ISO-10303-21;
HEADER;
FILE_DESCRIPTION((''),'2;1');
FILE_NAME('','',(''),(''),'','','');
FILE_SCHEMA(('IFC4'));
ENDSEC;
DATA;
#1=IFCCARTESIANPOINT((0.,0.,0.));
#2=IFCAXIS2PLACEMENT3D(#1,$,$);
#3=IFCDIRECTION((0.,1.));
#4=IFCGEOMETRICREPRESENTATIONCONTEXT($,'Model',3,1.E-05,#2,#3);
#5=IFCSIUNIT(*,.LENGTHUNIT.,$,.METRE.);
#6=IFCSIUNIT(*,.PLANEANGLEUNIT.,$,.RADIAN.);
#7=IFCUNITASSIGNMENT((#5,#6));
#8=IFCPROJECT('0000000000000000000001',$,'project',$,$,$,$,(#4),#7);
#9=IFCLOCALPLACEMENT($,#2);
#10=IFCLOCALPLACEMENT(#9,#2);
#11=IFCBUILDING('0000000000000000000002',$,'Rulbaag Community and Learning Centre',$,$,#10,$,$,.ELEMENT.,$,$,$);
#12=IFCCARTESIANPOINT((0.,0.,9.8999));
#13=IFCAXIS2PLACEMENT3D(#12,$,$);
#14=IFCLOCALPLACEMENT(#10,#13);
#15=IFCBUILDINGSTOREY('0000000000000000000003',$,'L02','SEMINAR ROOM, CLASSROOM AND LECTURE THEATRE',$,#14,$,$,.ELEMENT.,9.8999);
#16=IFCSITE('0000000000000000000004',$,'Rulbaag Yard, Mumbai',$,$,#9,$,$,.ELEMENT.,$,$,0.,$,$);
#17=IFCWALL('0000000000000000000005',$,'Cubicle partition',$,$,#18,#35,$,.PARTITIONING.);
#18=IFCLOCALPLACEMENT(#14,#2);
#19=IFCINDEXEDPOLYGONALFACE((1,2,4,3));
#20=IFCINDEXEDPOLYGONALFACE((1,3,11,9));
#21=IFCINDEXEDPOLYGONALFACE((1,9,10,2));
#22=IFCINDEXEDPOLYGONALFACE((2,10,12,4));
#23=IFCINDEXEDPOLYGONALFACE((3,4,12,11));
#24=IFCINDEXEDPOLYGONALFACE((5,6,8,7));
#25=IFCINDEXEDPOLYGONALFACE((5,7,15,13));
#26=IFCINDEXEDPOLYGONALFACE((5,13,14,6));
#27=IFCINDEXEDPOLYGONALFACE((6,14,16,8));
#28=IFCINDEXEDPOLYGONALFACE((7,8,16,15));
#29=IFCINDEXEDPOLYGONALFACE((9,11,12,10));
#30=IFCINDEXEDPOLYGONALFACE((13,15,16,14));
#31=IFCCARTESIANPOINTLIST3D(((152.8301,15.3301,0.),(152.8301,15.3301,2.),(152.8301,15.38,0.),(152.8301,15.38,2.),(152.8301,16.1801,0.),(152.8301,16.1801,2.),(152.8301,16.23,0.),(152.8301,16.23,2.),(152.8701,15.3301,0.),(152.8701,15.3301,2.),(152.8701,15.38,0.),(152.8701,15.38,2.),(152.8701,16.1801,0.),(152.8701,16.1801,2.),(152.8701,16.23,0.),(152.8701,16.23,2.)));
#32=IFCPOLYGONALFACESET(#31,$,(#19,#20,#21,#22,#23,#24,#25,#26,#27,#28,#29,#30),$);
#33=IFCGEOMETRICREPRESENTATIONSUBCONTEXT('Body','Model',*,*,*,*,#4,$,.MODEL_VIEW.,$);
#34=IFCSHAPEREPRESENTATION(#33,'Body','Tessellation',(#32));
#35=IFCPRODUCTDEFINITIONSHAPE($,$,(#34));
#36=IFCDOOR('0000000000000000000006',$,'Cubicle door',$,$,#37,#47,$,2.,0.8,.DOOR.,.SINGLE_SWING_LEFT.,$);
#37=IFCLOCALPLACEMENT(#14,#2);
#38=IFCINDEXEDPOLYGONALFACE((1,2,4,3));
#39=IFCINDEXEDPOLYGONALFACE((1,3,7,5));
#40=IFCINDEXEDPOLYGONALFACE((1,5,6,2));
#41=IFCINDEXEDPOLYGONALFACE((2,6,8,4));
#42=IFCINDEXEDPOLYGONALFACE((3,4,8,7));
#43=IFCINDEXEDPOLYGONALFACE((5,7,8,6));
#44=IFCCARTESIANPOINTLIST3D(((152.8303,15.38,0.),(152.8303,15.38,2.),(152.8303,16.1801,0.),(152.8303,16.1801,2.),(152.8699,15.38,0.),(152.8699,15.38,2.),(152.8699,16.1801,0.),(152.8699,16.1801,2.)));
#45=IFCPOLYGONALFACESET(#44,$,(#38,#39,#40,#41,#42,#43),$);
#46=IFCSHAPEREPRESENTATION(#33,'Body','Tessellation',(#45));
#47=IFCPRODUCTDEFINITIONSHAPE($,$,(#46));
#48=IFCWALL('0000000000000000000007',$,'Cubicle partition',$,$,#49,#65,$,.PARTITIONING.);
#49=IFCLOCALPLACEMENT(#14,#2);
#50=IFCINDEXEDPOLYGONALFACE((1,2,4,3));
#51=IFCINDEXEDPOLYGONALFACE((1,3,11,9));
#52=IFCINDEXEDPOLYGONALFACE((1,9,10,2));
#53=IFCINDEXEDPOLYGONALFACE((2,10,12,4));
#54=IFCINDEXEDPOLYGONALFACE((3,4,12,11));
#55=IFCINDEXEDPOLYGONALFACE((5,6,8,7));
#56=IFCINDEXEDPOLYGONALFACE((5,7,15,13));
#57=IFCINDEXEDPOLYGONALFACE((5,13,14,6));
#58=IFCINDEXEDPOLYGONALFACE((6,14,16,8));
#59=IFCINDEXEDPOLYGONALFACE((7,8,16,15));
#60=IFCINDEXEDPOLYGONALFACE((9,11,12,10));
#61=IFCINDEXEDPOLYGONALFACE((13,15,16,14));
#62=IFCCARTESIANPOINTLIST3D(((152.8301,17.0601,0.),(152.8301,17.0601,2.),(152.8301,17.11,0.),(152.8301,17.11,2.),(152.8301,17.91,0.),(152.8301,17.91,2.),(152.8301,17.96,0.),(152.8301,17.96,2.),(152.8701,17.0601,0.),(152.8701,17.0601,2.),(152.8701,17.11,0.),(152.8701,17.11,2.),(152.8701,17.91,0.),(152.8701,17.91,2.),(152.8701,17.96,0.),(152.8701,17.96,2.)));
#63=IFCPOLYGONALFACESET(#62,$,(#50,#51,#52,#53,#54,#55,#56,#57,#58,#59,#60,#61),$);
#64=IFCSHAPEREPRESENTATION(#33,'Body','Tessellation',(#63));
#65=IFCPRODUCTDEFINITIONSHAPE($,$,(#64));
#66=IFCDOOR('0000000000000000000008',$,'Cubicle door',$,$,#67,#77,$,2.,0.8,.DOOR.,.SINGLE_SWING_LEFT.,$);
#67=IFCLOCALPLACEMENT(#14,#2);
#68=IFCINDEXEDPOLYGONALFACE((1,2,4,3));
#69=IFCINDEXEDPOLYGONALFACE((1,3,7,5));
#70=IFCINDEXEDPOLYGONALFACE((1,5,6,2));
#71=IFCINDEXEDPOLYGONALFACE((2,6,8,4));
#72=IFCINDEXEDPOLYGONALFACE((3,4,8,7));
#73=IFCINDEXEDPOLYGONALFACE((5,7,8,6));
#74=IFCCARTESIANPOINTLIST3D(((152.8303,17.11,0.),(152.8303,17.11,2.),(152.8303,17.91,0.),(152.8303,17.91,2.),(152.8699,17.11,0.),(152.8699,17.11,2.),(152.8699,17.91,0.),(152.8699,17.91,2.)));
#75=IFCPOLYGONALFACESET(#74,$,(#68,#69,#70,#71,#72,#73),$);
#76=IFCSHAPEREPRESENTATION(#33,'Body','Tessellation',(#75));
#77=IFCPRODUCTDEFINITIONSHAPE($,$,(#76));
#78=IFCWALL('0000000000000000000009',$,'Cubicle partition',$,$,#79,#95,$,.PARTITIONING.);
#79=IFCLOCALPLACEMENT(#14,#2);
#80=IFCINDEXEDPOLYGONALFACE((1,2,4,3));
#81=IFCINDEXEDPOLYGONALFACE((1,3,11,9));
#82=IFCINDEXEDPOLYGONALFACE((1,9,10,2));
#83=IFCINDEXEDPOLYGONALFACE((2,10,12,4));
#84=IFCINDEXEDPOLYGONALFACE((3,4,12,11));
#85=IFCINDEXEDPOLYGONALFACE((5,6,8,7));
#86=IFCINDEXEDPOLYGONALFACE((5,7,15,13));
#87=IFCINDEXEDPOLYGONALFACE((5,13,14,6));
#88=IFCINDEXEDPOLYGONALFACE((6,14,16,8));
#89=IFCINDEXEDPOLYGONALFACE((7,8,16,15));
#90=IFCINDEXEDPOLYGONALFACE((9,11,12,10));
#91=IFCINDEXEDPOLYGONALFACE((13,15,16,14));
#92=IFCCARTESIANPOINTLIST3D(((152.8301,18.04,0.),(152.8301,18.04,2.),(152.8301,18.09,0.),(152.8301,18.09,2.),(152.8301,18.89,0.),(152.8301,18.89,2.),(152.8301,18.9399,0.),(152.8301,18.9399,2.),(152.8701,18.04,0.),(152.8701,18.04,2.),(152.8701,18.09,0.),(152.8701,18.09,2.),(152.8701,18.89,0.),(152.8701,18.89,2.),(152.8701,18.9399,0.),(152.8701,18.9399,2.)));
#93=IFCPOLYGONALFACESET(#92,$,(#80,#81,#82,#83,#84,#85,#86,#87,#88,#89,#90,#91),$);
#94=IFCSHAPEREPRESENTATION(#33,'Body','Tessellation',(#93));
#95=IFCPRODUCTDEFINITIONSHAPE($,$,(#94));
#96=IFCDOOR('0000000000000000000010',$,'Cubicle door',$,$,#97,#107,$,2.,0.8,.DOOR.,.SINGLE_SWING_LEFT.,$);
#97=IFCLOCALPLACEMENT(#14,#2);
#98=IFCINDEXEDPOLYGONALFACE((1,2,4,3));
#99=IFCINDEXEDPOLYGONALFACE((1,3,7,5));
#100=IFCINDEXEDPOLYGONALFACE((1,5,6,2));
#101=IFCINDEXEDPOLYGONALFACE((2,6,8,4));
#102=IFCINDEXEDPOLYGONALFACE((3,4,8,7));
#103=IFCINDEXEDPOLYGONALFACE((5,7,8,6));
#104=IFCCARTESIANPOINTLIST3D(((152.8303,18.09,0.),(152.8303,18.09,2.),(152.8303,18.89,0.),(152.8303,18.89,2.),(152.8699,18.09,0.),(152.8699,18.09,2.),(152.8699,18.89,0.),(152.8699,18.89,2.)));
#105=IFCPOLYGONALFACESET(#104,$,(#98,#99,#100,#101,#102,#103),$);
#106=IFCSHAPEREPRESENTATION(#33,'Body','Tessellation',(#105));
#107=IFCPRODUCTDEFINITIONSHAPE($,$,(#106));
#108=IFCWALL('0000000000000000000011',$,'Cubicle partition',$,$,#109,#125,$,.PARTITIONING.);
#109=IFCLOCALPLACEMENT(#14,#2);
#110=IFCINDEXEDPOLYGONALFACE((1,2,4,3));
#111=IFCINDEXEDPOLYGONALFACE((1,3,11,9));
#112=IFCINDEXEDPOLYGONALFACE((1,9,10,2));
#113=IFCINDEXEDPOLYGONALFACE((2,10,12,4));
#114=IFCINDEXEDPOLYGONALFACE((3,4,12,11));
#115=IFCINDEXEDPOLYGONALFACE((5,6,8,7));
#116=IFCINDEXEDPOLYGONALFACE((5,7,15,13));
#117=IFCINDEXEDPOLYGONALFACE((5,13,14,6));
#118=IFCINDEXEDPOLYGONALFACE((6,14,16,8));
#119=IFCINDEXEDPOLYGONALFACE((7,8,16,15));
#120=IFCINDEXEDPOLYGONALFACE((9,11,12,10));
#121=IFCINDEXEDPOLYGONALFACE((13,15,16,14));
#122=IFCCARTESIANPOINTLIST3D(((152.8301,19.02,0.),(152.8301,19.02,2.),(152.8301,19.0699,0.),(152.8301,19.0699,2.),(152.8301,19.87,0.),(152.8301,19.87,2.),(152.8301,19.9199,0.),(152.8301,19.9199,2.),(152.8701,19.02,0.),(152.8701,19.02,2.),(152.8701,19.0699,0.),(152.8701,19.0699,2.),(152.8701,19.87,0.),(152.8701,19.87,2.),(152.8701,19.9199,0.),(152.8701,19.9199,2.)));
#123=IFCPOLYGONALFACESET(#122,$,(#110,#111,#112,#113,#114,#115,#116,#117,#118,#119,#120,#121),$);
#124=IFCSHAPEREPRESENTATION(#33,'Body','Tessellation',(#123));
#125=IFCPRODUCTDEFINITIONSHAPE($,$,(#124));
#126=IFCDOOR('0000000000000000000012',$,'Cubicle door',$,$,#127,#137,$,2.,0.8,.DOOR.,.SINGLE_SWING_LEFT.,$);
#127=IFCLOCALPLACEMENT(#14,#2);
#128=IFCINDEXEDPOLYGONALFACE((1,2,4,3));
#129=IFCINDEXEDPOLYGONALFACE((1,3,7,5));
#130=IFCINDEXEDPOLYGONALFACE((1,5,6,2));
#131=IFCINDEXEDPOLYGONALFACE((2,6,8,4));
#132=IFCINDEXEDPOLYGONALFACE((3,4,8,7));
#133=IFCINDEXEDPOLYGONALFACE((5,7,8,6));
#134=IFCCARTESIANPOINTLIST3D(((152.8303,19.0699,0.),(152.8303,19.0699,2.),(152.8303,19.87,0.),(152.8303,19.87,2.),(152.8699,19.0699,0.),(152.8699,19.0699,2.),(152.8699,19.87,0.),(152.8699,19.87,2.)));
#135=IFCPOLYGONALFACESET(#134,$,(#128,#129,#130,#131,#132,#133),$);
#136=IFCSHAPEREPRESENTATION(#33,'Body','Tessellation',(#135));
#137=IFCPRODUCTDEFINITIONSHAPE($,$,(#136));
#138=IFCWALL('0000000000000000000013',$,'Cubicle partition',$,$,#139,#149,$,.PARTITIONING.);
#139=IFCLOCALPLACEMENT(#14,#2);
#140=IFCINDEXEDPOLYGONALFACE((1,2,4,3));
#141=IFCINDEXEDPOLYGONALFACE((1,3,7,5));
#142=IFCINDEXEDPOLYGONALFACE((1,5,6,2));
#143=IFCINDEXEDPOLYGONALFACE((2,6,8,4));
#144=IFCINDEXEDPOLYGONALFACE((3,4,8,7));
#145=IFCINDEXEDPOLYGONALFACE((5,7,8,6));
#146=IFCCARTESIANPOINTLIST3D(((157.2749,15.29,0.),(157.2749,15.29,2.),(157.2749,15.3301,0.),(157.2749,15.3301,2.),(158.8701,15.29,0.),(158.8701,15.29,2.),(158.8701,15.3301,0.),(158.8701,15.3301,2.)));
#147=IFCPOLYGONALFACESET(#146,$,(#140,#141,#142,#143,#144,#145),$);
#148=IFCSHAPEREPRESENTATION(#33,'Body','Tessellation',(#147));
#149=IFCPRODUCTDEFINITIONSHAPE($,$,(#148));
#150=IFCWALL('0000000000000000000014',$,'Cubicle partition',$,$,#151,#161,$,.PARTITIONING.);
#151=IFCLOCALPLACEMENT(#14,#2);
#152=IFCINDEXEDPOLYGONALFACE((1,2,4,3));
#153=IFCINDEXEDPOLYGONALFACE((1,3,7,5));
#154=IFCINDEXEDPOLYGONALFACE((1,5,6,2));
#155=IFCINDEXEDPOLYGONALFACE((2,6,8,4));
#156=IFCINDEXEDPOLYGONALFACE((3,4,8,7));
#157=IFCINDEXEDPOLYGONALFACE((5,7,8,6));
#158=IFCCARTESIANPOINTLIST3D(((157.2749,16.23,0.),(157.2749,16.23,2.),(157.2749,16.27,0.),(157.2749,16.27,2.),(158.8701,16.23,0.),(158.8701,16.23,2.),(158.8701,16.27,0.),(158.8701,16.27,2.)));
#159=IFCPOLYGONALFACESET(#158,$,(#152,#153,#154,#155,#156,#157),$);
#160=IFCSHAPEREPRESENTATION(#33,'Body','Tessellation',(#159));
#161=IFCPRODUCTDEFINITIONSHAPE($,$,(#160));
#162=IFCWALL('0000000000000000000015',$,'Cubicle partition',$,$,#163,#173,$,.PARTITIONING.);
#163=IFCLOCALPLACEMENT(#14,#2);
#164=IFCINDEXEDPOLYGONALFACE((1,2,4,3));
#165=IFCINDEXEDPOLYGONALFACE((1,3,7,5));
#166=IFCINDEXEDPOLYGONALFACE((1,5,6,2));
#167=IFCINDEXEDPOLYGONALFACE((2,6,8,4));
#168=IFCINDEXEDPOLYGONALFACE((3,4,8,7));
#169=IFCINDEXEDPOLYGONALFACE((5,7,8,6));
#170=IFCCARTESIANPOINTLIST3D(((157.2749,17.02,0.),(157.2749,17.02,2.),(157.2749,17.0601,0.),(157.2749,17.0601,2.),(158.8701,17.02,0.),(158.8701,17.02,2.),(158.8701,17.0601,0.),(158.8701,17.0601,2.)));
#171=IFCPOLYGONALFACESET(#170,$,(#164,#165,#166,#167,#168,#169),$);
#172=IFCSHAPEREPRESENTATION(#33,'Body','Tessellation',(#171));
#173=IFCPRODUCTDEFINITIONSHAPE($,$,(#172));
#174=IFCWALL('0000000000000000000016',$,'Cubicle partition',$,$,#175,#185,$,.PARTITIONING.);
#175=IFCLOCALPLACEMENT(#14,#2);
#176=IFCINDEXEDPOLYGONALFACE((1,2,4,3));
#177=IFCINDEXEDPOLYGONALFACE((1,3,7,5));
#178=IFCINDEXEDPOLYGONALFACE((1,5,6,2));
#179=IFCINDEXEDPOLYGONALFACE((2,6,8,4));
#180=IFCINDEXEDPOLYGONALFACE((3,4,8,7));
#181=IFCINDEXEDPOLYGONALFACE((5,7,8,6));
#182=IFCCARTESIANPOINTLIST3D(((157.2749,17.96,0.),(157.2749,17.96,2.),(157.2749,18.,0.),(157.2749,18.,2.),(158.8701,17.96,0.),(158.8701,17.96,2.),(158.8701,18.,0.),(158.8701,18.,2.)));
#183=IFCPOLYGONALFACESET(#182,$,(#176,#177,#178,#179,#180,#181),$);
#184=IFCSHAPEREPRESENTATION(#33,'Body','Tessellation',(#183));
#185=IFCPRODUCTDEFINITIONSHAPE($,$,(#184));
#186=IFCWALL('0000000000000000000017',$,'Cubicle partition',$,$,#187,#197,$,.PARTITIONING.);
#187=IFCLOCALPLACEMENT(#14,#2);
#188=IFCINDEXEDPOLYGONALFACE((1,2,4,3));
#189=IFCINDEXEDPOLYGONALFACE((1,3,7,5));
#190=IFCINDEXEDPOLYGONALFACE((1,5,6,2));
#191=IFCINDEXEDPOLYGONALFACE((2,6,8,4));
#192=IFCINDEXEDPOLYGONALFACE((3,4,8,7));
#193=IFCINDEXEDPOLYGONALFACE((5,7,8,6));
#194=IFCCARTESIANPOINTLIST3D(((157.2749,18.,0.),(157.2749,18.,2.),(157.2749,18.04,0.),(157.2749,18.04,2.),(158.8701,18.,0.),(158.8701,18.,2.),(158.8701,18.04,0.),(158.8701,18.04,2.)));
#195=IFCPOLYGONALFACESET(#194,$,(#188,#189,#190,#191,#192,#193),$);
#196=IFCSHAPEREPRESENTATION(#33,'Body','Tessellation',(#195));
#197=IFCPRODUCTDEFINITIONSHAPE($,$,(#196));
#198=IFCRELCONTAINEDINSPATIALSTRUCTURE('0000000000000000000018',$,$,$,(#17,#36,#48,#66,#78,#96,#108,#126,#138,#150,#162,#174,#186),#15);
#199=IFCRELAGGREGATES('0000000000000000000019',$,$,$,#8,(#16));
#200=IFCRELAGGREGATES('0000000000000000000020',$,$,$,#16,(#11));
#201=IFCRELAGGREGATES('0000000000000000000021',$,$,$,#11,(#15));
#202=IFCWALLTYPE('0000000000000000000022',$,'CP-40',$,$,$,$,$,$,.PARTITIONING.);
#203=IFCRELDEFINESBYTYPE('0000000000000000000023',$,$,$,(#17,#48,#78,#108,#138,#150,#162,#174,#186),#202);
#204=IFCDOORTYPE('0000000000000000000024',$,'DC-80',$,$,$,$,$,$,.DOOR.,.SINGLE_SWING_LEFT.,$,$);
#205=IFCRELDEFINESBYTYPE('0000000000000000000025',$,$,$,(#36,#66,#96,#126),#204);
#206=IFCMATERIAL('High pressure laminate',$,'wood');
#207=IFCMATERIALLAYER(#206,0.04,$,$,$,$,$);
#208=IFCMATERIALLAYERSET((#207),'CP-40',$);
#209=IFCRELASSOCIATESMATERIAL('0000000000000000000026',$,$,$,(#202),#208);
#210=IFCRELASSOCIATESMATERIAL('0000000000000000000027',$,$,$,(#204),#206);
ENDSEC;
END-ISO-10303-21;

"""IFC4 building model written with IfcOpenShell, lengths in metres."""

from ifc_helpers import new_model, si_unit, direction, frame, frame_2d, origin, place, context, subcontext, project, spatial, rectangle, extrude, material, layer, layer_set, type_object, element, fill, save


model = new_model("IFC4")

# Units and contexts
model_context = context("Model", 3, precision=1e-05, world=origin(), true_north=direction((0.0, 1.0)))
body_context = subcontext(model_context, "Body", "Model", "MODEL_VIEW")
ifc_project = project(units=[si_unit("LENGTHUNIT", "METRE"), si_unit("PLANEANGLEUNIT", "RADIAN")], contexts=[model_context])

# Site, building, storey
site_placement = place(None, origin())
site = spatial("IfcSite", under=ifc_project, at=site_placement, Name="Rulbaag Yard, Mumbai", CompositionType="ELEMENT", RefElevation=0.0)
building_placement = place(site_placement, origin())
building = spatial("IfcBuilding", under=site, at=building_placement, Name="Rulbaag Community and Learning Centre", CompositionType="ELEMENT")
storey_placement = place(building_placement, frame((0.0, 0.0, 9.8999)))
storey = spatial("IfcBuildingStorey", under=building, at=storey_placement, Name="L02", Description="SEMINAR ROOM, CLASSROOM AND LECTURE THEATRE", CompositionType="ELEMENT", Elevation=9.8999)

# Walls, openings, doors
ifc_material_1 = material(Name="High pressure laminate", Category="wood")
ifc_layer = layer(ifc_material_1, 0.04)
ifc_layer_set = layer_set([ifc_layer], Name="CP-40")
wall_type = type_object("IfcWallType", Name="CP-40", PredefinedType="PARTITIONING", material=ifc_layer_set)
wall_1_placement = place(storey_placement, frame((152.8501, 15.3301, 0.0), z_axis=(0.0, 0.0, 1.0), x_axis=(0.0, 1.0, 0.0)))
wall_1 = element("IfcWall", 1, at=wall_1_placement, inside=storey, type_object=wall_type, Name="Cubicle partition", PredefinedType="PARTITIONING", context=body_context, shape_type="SweptSolid", body=[
    extrude(rectangle(XDim=0.8999, YDim=0.04, at=frame_2d((0.45, 0.0))), origin(), (0.0, 0.0, 1.0), 2.0),
])
opening_1_placement = place(wall_1_placement, frame((0.05, 0.0, 0.0)))
opening_1 = element("IfcOpeningElement", 2, at=opening_1_placement, cuts=wall_1, PredefinedType="OPENING", context=body_context, shape_type="SweptSolid", body=[
    extrude(rectangle(XDim=0.8, YDim=2.0, at=frame_2d((0.3999, 1.0))), frame((0.0, 0.03, 0.0), z_axis=(0.0, -1.0, 0.0), x_axis=(1.0, 0.0, 0.0)), (0.0, 0.0, 1.0), 0.0601),
])
door_type = type_object("IfcDoorType", Name="DC-80", OperationType="SINGLE_SWING_LEFT", PredefinedType="DOOR", material=ifc_material_1)
door_1_placement = place(opening_1_placement, origin())
door_1 = element("IfcDoor", 3, at=door_1_placement, inside=storey, type_object=door_type, Name="Cubicle door", OperationType="SINGLE_SWING_LEFT", OverallHeight=2.0, OverallWidth=0.8, PredefinedType="DOOR", context=body_context, shape_type="SweptSolid", body=[
    extrude(rectangle(XDim=0.8, YDim=2.0, at=frame_2d((0.3999, 1.0))), frame((0.0, 0.0198, 0.0), z_axis=(0.0, -1.0, 0.0), x_axis=(1.0, 0.0, 0.0)), (0.0, 0.0, 1.0), 0.0396),
])
fill(opening_1, door_1)
wall_2_placement = place(storey_placement, frame((152.8501, 17.0601, 0.0), z_axis=(0.0, 0.0, 1.0), x_axis=(0.0, 1.0, 0.0)))
wall_2 = element("IfcWall", 4, at=wall_2_placement, inside=storey, type_object=wall_type, Name="Cubicle partition", PredefinedType="PARTITIONING", context=body_context, shape_type="SweptSolid", body=[
    extrude(rectangle(XDim=0.8999, YDim=0.04, at=frame_2d((0.45, 0.0))), origin(), (0.0, 0.0, 1.0), 2.0),
])
opening_2_placement = place(wall_2_placement, frame((0.05, 0.0, 0.0)))
opening_2 = element("IfcOpeningElement", 5, at=opening_2_placement, cuts=wall_2, PredefinedType="OPENING", context=body_context, shape_type="SweptSolid", body=[
    extrude(rectangle(XDim=0.8, YDim=2.0, at=frame_2d((0.3999, 1.0))), frame((0.0, 0.03, 0.0), z_axis=(0.0, -1.0, 0.0), x_axis=(1.0, 0.0, 0.0)), (0.0, 0.0, 1.0), 0.0601),
])
door_2_placement = place(opening_2_placement, origin())
door_2 = element("IfcDoor", 6, at=door_2_placement, inside=storey, type_object=door_type, Name="Cubicle door", OperationType="SINGLE_SWING_LEFT", OverallHeight=2.0, OverallWidth=0.8, PredefinedType="DOOR", context=body_context, shape_type="SweptSolid", body=[
    extrude(rectangle(XDim=0.8, YDim=2.0, at=frame_2d((0.3999, 1.0))), frame((0.0, 0.0198, 0.0), z_axis=(0.0, -1.0, 0.0), x_axis=(1.0, 0.0, 0.0)), (0.0, 0.0, 1.0), 0.0396),
])
fill(opening_2, door_2)
wall_3_placement = place(storey_placement, frame((152.8501, 18.04, 0.0), z_axis=(0.0, 0.0, 1.0), x_axis=(0.0, 1.0, 0.0)))
wall_3 = element("IfcWall", 7, at=wall_3_placement, inside=storey, type_object=wall_type, Name="Cubicle partition", PredefinedType="PARTITIONING", context=body_context, shape_type="SweptSolid", body=[
    extrude(rectangle(XDim=0.8999, YDim=0.04, at=frame_2d((0.45, 0.0))), origin(), (0.0, 0.0, 1.0), 2.0),
])
opening_3_placement = place(wall_3_placement, frame((0.05, 0.0, 0.0)))
opening_3 = element("IfcOpeningElement", 8, at=opening_3_placement, cuts=wall_3, PredefinedType="OPENING", context=body_context, shape_type="SweptSolid", body=[
    extrude(rectangle(XDim=0.8, YDim=2.0, at=frame_2d((0.3999, 1.0))), frame((0.0, 0.03, 0.0), z_axis=(0.0, -1.0, 0.0), x_axis=(1.0, 0.0, 0.0)), (0.0, 0.0, 1.0), 0.0601),
])
door_3_placement = place(opening_3_placement, origin())
door_3 = element("IfcDoor", 9, at=door_3_placement, inside=storey, type_object=door_type, Name="Cubicle door", OperationType="SINGLE_SWING_LEFT", OverallHeight=2.0, OverallWidth=0.8, PredefinedType="DOOR", context=body_context, shape_type="SweptSolid", body=[
    extrude(rectangle(XDim=0.8, YDim=2.0, at=frame_2d((0.3999, 1.0))), frame((0.0, 0.0198, 0.0), z_axis=(0.0, -1.0, 0.0), x_axis=(1.0, 0.0, 0.0)), (0.0, 0.0, 1.0), 0.0396),
])
fill(opening_3, door_3)
wall_4_placement = place(storey_placement, frame((152.8501, 19.02, 0.0), z_axis=(0.0, 0.0, 1.0), x_axis=(0.0, 1.0, 0.0)))
wall_4 = element("IfcWall", 10, at=wall_4_placement, inside=storey, type_object=wall_type, Name="Cubicle partition", PredefinedType="PARTITIONING", context=body_context, shape_type="SweptSolid", body=[
    extrude(rectangle(XDim=0.8999, YDim=0.04, at=frame_2d((0.45, 0.0))), origin(), (0.0, 0.0, 1.0), 2.0),
])
opening_4_placement = place(wall_4_placement, frame((0.05, 0.0, 0.0)))
opening_4 = element("IfcOpeningElement", 11, at=opening_4_placement, cuts=wall_4, PredefinedType="OPENING", context=body_context, shape_type="SweptSolid", body=[
    extrude(rectangle(XDim=0.8, YDim=2.0, at=frame_2d((0.3999, 1.0))), frame((0.0, 0.03, 0.0), z_axis=(0.0, -1.0, 0.0), x_axis=(1.0, 0.0, 0.0)), (0.0, 0.0, 1.0), 0.0601),
])
door_4_placement = place(opening_4_placement, origin())
door_4 = element("IfcDoor", 12, at=door_4_placement, inside=storey, type_object=door_type, Name="Cubicle door", OperationType="SINGLE_SWING_LEFT", OverallHeight=2.0, OverallWidth=0.8, PredefinedType="DOOR", context=body_context, shape_type="SweptSolid", body=[
    extrude(rectangle(XDim=0.8, YDim=2.0, at=frame_2d((0.3999, 1.0))), frame((0.0, 0.0198, 0.0), z_axis=(0.0, -1.0, 0.0), x_axis=(1.0, 0.0, 0.0)), (0.0, 0.0, 1.0), 0.0396),
])
fill(opening_4, door_4)

# Walls
for number, where, z_axis, x_axis, name in (
    (13, (157.2749, 15.3101, 0.0), (0.0, 0.0, 1.0), (1.0, 0.0, 0.0), "Cubicle partition"),
    (14, (157.2749, 16.25, 0.0), (0.0, 0.0, 1.0), (1.0, 0.0, 0.0), "Cubicle partition"),
    (15, (157.2749, 17.04, 0.0), (0.0, 0.0, 1.0), (1.0, 0.0, 0.0), "Cubicle partition"),
    (16, (157.2749, 17.98, 0.0), (0.0, 0.0, 1.0), (1.0, 0.0, 0.0), "Cubicle partition"),
    (17, (157.2749, 18.02, 0.0), (0.0, 0.0, 1.0), (1.0, 0.0, 0.0), "Cubicle partition"),
):
    element("IfcWall", number, at=place(storey_placement, frame(where, z_axis=z_axis, x_axis=x_axis)), inside=storey, type_object=wall_type, Name=name, PredefinedType="PARTITIONING", context=body_context, shape_type="SweptSolid", body=[
        extrude(rectangle(XDim=1.5952, YDim=0.04, at=frame_2d((0.7976, 0.0))), origin(), (0.0, 0.0, 1.0), 2.0),
    ])

save(model, "model.ifc")
